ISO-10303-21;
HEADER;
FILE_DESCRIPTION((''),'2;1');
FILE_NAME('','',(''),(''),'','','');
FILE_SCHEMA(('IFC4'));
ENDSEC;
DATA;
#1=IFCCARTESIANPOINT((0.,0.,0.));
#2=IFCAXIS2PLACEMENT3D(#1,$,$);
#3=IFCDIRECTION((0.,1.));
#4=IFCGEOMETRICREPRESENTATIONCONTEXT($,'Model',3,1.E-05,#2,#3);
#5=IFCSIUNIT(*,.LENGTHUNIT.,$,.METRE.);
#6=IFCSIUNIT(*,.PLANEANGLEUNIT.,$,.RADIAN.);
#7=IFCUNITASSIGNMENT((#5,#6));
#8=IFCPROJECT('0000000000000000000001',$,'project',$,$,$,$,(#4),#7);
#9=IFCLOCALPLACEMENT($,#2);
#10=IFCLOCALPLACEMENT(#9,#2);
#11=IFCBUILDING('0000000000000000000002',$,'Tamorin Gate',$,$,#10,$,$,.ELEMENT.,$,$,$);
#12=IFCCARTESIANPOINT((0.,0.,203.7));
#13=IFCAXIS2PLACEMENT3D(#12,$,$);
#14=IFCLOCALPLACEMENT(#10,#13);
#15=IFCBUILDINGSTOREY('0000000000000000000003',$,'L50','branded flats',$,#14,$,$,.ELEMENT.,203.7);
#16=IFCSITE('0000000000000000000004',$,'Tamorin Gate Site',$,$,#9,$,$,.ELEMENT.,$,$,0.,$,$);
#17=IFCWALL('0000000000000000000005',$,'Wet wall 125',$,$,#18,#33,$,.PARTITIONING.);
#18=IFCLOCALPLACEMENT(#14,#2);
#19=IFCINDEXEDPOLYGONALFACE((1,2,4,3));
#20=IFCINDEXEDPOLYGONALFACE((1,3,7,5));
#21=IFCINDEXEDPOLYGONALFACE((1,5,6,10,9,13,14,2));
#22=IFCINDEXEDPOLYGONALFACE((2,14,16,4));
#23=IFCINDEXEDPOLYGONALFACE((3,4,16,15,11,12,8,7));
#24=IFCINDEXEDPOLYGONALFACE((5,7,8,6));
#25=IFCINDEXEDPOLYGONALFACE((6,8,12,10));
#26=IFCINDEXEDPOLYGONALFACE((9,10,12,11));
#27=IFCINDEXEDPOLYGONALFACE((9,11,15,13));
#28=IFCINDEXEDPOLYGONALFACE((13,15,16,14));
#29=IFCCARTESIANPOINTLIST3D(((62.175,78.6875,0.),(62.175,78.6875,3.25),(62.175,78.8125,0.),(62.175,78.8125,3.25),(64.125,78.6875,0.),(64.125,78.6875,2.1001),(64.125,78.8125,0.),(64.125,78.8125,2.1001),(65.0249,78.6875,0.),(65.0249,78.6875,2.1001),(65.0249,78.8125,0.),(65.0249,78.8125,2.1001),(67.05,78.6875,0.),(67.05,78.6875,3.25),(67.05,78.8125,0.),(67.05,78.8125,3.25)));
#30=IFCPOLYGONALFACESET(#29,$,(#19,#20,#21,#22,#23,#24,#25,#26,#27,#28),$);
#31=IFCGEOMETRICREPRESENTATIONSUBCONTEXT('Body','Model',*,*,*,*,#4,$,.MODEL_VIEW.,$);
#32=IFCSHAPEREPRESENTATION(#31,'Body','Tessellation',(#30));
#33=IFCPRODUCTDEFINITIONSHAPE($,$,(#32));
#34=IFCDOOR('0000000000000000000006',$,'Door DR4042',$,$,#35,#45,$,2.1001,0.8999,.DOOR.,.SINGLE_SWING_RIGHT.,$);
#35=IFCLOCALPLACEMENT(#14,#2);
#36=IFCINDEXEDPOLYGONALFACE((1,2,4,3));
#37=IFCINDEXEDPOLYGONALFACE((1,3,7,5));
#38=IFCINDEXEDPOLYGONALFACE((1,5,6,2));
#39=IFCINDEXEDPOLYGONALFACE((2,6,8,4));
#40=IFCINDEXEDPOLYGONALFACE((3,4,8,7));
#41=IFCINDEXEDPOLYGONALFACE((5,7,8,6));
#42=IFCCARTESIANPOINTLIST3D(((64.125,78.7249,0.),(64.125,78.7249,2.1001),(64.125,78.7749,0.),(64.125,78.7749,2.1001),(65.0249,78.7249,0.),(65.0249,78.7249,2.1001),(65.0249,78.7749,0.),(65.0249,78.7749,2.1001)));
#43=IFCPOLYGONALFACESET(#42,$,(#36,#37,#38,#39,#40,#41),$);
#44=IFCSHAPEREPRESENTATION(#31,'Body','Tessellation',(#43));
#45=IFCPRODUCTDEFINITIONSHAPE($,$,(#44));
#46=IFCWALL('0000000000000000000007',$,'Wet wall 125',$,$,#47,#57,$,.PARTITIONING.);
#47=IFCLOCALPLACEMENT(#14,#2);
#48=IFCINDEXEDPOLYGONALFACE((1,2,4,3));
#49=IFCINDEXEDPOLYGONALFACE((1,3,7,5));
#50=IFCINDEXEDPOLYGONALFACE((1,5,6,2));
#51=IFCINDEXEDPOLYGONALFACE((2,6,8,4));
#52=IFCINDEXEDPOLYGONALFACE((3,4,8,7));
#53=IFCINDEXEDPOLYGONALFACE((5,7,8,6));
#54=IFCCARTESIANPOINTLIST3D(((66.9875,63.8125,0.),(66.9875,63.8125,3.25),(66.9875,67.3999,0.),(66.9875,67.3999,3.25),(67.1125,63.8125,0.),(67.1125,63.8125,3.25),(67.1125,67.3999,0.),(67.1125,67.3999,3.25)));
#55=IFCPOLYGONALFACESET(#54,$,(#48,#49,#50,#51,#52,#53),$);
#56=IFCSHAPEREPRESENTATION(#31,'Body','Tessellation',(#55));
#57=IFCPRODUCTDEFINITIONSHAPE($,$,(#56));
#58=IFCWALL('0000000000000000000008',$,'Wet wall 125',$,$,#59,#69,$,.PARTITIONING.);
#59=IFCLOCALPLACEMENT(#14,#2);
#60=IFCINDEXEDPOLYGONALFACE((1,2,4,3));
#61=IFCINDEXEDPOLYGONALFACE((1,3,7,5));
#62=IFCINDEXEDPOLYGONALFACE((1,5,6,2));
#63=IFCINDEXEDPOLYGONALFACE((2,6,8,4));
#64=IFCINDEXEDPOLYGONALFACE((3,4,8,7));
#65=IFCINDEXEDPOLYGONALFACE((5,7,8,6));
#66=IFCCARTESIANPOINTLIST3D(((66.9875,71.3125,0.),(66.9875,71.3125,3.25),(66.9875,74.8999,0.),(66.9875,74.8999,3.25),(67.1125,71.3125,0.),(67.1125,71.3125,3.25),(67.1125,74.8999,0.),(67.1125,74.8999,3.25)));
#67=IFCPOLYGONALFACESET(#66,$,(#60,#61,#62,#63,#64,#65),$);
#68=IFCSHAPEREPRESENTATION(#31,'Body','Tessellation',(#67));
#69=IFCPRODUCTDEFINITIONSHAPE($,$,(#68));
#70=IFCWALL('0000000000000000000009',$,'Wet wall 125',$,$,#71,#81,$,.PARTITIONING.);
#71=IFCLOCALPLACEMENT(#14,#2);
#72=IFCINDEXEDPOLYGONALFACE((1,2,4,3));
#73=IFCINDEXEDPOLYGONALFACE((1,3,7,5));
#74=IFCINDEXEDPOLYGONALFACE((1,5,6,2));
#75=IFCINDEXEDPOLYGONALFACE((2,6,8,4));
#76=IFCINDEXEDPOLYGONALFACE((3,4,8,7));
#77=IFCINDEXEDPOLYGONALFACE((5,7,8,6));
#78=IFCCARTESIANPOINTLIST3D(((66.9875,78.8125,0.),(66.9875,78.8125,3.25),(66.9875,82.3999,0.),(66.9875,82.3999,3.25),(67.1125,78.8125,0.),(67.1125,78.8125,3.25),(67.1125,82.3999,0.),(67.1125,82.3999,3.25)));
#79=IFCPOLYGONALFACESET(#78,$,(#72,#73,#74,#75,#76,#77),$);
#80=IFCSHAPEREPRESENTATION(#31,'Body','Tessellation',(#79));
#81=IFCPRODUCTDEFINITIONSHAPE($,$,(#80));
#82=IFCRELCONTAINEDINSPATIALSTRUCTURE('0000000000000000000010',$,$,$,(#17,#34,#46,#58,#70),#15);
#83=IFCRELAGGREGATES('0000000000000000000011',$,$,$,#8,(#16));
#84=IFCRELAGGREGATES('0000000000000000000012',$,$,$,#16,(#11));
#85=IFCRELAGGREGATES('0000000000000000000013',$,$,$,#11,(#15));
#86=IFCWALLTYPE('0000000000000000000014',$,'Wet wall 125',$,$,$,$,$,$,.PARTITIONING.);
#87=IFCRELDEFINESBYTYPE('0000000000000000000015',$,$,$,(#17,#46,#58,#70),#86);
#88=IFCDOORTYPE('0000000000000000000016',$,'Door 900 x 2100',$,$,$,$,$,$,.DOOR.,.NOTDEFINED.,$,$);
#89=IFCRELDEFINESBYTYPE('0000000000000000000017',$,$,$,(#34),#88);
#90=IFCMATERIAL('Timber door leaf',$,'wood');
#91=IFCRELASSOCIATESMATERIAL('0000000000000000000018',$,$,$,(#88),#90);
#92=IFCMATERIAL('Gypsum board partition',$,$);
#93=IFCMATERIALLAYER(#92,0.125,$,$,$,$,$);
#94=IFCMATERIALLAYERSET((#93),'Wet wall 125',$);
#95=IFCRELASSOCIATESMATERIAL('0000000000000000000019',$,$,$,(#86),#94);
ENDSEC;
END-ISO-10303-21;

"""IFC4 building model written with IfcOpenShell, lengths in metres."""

from ifc_helpers import new_model, si_unit, direction, frame, frame_2d, origin, place, context, subcontext, project, spatial, rectangle, extrude, material, layer, layer_set, type_object, element, fill, save


model = new_model("IFC4")

# Units and contexts
model_context = context("Model", 3, precision=1e-05, world=origin(), true_north=direction((0.0, 1.0)))
body_context = subcontext(model_context, "Body", "Model", "MODEL_VIEW")
ifc_project = project(units=[si_unit("LENGTHUNIT", "METRE"), si_unit("PLANEANGLEUNIT", "RADIAN")], contexts=[model_context])

# Site, building, storey
site_placement = place(None, origin())
site = spatial("IfcSite", under=ifc_project, at=site_placement, Name="Tamorin Gate Site", CompositionType="ELEMENT", RefElevation=0.0)
building_placement = place(site_placement, origin())
building = spatial("IfcBuilding", under=site, at=building_placement, Name="Tamorin Gate", CompositionType="ELEMENT")
storey_placement = place(building_placement, frame((0.0, 0.0, 203.7)))
storey = spatial("IfcBuildingStorey", under=building, at=storey_placement, Name="L50", Description="branded flats", CompositionType="ELEMENT", Elevation=203.7)

# Shared definitions
ifc_material_1 = material(Name="Gypsum board partition")

# Shared definitions
ifc_material_2 = material(Name="Timber door leaf", Category="wood")
door_type = type_object("IfcDoorType", Name="Door 900 x 2100", OperationType="NOTDEFINED", PredefinedType="DOOR", material=ifc_material_2)

# Wall, opening, door
ifc_layer_1 = layer(ifc_material_1, 0.125)
ifc_layer_set_1 = layer_set([ifc_layer_1], Name="Wet wall 125")
wall_type_1 = type_object("IfcWallType", Name="Wet wall 125", PredefinedType="PARTITIONING", material=ifc_layer_set_1)
wall_1_placement = place(storey_placement, frame((62.175, 78.75, 0.0), z_axis=(0.0, 0.0, 1.0), x_axis=(1.0, 0.0, 0.0)))
wall_1 = element("IfcWall", 1, at=wall_1_placement, inside=storey, type_object=wall_type_1, Name="Wet wall 125", PredefinedType="PARTITIONING", context=body_context, shape_type="SweptSolid", body=[
    extrude(rectangle(XDim=4.875, YDim=0.125, at=frame_2d((2.4375, 0.0))), origin(), (0.0, 0.0, 1.0), 3.25),
])
opening_1_placement = place(wall_1_placement, frame((1.95, 0.0, 0.0)))
opening_1 = element("IfcOpeningElement", 2, at=opening_1_placement, cuts=wall_1, PredefinedType="OPENING", context=body_context, shape_type="SweptSolid", body=[
    extrude(rectangle(XDim=0.8999, YDim=2.1001, at=frame_2d((0.45, 1.05))), frame((0.0, 0.0725, 0.0), z_axis=(0.0, -1.0, 0.0), x_axis=(1.0, 0.0, 0.0)), (0.0, 0.0, 1.0), 0.145),
])
door_1_placement = place(opening_1_placement, origin())
door_1 = element("IfcDoor", 3, at=door_1_placement, inside=storey, type_object=door_type, Name="Door DR4042", OperationType="SINGLE_SWING_RIGHT", OverallHeight=2.1001, OverallWidth=0.8999, PredefinedType="DOOR", context=body_context, shape_type="SweptSolid", body=[
    extrude(rectangle(XDim=0.8999, YDim=2.1001, at=frame_2d((0.45, 1.05))), frame((0.0, 0.0249, 0.0), z_axis=(0.0, -1.0, 0.0), x_axis=(1.0, 0.0, 0.0)), (0.0, 0.0, 1.0), 0.05),
])
fill(opening_1, door_1)

# Walls
for number, where, z_axis, x_axis, name in (
    (4, (67.05, 63.8125, 0.0), (0.0, 0.0, 1.0), (0.0, 1.0, 0.0), "Wet wall 125"),
    (5, (67.05, 71.3125, 0.0), (0.0, 0.0, 1.0), (0.0, 1.0, 0.0), "Wet wall 125"),
    (6, (67.05, 78.8125, 0.0), (0.0, 0.0, 1.0), (0.0, 1.0, 0.0), "Wet wall 125"),
):
    element("IfcWall", number, at=place(storey_placement, frame(where, z_axis=z_axis, x_axis=x_axis)), inside=storey, type_object=wall_type_1, Name=name, PredefinedType="PARTITIONING", context=body_context, shape_type="SweptSolid", body=[
        extrude(rectangle(XDim=3.5874, YDim=0.125, at=frame_2d((1.7937, 0.0))), origin(), (0.0, 0.0, 1.0), 3.25),
    ])

save(model, "model.ifc")
